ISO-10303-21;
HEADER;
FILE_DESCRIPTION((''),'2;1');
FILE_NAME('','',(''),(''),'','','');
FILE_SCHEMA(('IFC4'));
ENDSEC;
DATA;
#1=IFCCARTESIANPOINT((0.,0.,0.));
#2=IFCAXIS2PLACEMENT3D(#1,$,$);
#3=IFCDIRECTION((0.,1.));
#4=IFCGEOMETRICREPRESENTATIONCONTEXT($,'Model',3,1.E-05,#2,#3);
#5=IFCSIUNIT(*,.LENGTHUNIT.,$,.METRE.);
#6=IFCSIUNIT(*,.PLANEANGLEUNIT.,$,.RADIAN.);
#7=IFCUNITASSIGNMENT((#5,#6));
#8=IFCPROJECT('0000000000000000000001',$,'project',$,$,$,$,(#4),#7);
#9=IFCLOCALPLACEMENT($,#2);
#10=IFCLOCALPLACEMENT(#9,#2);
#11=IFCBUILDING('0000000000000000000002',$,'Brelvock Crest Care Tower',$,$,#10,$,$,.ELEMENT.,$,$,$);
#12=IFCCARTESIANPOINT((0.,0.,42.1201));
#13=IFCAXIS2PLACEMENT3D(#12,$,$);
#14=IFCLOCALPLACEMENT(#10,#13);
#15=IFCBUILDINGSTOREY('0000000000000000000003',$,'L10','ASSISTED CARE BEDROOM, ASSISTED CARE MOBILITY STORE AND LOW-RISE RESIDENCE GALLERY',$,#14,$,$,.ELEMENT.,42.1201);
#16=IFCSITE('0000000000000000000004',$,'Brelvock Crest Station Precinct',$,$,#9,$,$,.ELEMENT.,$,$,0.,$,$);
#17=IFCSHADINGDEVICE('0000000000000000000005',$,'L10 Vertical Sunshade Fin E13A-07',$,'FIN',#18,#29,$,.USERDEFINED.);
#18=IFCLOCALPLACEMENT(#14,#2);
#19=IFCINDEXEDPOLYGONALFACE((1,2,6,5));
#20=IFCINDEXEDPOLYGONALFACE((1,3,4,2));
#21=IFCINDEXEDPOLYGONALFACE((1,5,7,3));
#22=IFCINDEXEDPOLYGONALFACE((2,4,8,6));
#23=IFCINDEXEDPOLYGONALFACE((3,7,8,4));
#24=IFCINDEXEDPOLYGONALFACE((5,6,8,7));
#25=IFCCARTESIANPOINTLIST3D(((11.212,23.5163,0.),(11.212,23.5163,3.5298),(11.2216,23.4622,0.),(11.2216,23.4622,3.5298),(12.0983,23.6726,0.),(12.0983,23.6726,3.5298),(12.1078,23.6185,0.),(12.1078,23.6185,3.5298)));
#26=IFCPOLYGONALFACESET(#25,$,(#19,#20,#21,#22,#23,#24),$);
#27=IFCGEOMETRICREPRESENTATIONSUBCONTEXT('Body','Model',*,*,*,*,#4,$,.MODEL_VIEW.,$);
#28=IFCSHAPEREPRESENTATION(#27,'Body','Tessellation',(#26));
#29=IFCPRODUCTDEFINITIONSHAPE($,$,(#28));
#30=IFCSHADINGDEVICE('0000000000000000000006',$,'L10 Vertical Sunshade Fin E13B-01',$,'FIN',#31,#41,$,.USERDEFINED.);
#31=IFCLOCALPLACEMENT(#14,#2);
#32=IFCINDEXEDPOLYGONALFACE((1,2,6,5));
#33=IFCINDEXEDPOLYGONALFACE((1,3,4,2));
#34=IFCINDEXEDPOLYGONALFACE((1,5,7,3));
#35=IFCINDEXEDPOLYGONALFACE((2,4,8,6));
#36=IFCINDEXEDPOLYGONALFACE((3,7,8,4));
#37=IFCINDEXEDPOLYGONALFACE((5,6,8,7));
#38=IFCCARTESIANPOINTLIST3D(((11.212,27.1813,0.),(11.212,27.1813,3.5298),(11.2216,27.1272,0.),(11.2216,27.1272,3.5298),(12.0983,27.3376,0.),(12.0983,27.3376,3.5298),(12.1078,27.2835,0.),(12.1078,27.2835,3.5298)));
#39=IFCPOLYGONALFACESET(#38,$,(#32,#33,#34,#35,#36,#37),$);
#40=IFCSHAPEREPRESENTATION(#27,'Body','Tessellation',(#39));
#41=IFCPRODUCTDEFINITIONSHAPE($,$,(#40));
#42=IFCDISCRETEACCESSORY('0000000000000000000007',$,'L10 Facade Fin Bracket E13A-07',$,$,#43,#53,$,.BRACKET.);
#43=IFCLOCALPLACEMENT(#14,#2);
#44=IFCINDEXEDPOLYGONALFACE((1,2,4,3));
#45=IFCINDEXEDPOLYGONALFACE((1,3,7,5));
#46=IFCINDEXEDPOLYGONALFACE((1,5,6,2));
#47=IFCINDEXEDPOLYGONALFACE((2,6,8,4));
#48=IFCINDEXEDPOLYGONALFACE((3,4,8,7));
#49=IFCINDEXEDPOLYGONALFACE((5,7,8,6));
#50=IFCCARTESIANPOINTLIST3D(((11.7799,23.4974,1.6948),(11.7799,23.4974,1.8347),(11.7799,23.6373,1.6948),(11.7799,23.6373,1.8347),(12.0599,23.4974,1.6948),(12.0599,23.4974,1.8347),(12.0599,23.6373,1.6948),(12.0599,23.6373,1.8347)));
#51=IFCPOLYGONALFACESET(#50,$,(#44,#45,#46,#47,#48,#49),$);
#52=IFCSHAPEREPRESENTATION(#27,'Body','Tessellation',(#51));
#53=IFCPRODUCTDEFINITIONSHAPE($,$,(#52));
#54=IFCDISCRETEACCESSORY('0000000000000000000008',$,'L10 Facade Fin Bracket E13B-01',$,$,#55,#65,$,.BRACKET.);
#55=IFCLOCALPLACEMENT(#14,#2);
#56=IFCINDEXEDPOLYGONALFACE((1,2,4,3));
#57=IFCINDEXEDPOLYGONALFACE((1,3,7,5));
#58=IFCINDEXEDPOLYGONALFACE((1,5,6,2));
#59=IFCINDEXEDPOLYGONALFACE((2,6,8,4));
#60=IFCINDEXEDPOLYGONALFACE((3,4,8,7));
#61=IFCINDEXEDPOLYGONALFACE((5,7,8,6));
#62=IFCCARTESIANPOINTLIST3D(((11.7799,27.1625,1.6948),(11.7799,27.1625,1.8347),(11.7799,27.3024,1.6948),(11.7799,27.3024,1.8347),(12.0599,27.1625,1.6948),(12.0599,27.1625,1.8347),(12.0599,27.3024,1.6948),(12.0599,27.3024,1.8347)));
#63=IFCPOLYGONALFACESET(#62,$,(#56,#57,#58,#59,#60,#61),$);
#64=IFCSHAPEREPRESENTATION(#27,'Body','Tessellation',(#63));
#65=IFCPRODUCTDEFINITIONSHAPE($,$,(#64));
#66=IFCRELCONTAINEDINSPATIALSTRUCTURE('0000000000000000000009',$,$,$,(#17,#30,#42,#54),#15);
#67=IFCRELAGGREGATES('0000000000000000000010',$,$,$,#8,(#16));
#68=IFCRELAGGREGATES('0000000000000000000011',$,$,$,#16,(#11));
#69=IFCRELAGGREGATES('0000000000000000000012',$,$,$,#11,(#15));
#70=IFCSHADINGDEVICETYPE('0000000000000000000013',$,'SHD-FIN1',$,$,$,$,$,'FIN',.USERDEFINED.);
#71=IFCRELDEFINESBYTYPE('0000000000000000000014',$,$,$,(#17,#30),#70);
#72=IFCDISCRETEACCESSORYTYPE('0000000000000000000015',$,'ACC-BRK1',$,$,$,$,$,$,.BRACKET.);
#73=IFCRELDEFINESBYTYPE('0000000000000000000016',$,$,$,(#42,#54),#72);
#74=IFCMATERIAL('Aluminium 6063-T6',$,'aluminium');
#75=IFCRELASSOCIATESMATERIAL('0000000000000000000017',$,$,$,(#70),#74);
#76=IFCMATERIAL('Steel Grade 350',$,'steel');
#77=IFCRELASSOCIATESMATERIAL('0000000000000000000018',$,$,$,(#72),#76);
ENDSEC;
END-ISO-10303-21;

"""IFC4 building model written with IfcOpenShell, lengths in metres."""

from ifc_helpers import new_model, si_unit, direction, frame, origin, origin_2d, place, context, subcontext, project, spatial, rectangle, extrude, source, transform, mapped, material, material_profile, profile_set, type_object, element, save


model = new_model("IFC4")

# Units and contexts
model_context = context("Model", 3, precision=1e-05, world=origin(), true_north=direction((0.0, 1.0)))
body_context = subcontext(model_context, "Body", "Model", "MODEL_VIEW")
ifc_project = project(units=[si_unit("LENGTHUNIT", "METRE"), si_unit("PLANEANGLEUNIT", "RADIAN")], contexts=[model_context])

# Site, building, storey
site_placement = place(None, origin())
site = spatial("IfcSite", under=ifc_project, at=site_placement, Name="Brelvock Crest Station Precinct", CompositionType="ELEMENT", RefElevation=0.0)
building_placement = place(site_placement, origin())
building = spatial("IfcBuilding", under=site, at=building_placement, Name="Brelvock Crest Care Tower", CompositionType="ELEMENT")
storey_placement = place(building_placement, frame((0.0, 0.0, 42.1201)))
storey = spatial("IfcBuildingStorey", under=building, at=storey_placement, Name="L10", Description="ASSISTED CARE BEDROOM, ASSISTED CARE MOBILITY STORE AND LOW-RISE RESIDENCE GALLERY", CompositionType="ELEMENT", Elevation=42.1201)

# Shared definitions
ifc_material_1 = material(Name="Steel Grade 350", Category="steel")

# Shared definitions
ifc_material_2 = material(Name="Aluminium 6063-T6", Category="aluminium")

# Shading devices
ifc_material_profile_1 = material_profile(ifc_material_2, rectangle(XDim=0.0549, YDim=0.8999, at=origin_2d()), Name="FIN55x900")
ifc_profile_set_1 = profile_set([ifc_material_profile_1], Name="Aluminium 6063-T6")
shading_device_type = type_object("IfcShadingDeviceType", Name="SHD-FIN1", ElementType="FIN", PredefinedType="USERDEFINED", material=ifc_profile_set_1)
shared_shape_1 = source(origin(), body_context, "Body", "SweptSolid", [
    extrude(rectangle(XDim=0.0549, YDim=0.8999, at=origin_2d()), origin(), (0.0, 0.0, 1.0), 3.5298),
])
for number, where, z_axis, x_axis, name in (
    (1, (11.6599, 23.5674, 0.0), (0.0, 0.0, 1.0), (-0.173648, 0.984808, 0.0), "L10 Vertical Sunshade Fin E13A-07"),
    (2, (11.6599, 27.2324, 0.0), (0.0, 0.0, 1.0), (-0.173648, 0.984808, 0.0), "L10 Vertical Sunshade Fin E13B-01"),
):
    element("IfcShadingDevice", number, at=place(storey_placement, frame(where, z_axis=z_axis, x_axis=x_axis)), inside=storey, type_object=shading_device_type, Name=name, ObjectType="FIN", PredefinedType="USERDEFINED", context=body_context, shape_type="MappedRepresentation", body=[
        mapped(shared_shape_1, transform((0.0, 0.0, 0.0), x_axis=(1.0, 0.0, 0.0), y_axis=(0.0, 1.0, 0.0), z_axis=(0.0, 0.0, 1.0), scale=1.0)),
    ])

# Discrete accessories
discrete_accessory_type = type_object("IfcDiscreteAccessoryType", Name="ACC-BRK1", PredefinedType="BRACKET", material=ifc_material_1)
shared_shape_2 = source(origin(), body_context, "Body", "SweptSolid", [
    extrude(rectangle(XDim=0.28, YDim=0.1399, at=origin_2d()), origin(), (0.0, 0.0, 1.0), 0.1399),
])
for number, where, z_axis, x_axis, name in (
    (3, (11.9199, 23.5674, 1.6948), (0.0, 0.0, 1.0), (-1.0, 0.0, 0.0), "L10 Facade Fin Bracket E13A-07"),
    (4, (11.9199, 27.2324, 1.6948), (0.0, 0.0, 1.0), (-1.0, 0.0, 0.0), "L10 Facade Fin Bracket E13B-01"),
):
    element("IfcDiscreteAccessory", number, at=place(storey_placement, frame(where, z_axis=z_axis, x_axis=x_axis)), inside=storey, type_object=discrete_accessory_type, Name=name, PredefinedType="BRACKET", context=body_context, shape_type="MappedRepresentation", body=[
        mapped(shared_shape_2, transform((0.0, 0.0, 0.0), x_axis=(1.0, 0.0, 0.0), y_axis=(0.0, 1.0, 0.0), z_axis=(0.0, 0.0, 1.0), scale=1.0)),
    ])

save(model, "model.ifc")
